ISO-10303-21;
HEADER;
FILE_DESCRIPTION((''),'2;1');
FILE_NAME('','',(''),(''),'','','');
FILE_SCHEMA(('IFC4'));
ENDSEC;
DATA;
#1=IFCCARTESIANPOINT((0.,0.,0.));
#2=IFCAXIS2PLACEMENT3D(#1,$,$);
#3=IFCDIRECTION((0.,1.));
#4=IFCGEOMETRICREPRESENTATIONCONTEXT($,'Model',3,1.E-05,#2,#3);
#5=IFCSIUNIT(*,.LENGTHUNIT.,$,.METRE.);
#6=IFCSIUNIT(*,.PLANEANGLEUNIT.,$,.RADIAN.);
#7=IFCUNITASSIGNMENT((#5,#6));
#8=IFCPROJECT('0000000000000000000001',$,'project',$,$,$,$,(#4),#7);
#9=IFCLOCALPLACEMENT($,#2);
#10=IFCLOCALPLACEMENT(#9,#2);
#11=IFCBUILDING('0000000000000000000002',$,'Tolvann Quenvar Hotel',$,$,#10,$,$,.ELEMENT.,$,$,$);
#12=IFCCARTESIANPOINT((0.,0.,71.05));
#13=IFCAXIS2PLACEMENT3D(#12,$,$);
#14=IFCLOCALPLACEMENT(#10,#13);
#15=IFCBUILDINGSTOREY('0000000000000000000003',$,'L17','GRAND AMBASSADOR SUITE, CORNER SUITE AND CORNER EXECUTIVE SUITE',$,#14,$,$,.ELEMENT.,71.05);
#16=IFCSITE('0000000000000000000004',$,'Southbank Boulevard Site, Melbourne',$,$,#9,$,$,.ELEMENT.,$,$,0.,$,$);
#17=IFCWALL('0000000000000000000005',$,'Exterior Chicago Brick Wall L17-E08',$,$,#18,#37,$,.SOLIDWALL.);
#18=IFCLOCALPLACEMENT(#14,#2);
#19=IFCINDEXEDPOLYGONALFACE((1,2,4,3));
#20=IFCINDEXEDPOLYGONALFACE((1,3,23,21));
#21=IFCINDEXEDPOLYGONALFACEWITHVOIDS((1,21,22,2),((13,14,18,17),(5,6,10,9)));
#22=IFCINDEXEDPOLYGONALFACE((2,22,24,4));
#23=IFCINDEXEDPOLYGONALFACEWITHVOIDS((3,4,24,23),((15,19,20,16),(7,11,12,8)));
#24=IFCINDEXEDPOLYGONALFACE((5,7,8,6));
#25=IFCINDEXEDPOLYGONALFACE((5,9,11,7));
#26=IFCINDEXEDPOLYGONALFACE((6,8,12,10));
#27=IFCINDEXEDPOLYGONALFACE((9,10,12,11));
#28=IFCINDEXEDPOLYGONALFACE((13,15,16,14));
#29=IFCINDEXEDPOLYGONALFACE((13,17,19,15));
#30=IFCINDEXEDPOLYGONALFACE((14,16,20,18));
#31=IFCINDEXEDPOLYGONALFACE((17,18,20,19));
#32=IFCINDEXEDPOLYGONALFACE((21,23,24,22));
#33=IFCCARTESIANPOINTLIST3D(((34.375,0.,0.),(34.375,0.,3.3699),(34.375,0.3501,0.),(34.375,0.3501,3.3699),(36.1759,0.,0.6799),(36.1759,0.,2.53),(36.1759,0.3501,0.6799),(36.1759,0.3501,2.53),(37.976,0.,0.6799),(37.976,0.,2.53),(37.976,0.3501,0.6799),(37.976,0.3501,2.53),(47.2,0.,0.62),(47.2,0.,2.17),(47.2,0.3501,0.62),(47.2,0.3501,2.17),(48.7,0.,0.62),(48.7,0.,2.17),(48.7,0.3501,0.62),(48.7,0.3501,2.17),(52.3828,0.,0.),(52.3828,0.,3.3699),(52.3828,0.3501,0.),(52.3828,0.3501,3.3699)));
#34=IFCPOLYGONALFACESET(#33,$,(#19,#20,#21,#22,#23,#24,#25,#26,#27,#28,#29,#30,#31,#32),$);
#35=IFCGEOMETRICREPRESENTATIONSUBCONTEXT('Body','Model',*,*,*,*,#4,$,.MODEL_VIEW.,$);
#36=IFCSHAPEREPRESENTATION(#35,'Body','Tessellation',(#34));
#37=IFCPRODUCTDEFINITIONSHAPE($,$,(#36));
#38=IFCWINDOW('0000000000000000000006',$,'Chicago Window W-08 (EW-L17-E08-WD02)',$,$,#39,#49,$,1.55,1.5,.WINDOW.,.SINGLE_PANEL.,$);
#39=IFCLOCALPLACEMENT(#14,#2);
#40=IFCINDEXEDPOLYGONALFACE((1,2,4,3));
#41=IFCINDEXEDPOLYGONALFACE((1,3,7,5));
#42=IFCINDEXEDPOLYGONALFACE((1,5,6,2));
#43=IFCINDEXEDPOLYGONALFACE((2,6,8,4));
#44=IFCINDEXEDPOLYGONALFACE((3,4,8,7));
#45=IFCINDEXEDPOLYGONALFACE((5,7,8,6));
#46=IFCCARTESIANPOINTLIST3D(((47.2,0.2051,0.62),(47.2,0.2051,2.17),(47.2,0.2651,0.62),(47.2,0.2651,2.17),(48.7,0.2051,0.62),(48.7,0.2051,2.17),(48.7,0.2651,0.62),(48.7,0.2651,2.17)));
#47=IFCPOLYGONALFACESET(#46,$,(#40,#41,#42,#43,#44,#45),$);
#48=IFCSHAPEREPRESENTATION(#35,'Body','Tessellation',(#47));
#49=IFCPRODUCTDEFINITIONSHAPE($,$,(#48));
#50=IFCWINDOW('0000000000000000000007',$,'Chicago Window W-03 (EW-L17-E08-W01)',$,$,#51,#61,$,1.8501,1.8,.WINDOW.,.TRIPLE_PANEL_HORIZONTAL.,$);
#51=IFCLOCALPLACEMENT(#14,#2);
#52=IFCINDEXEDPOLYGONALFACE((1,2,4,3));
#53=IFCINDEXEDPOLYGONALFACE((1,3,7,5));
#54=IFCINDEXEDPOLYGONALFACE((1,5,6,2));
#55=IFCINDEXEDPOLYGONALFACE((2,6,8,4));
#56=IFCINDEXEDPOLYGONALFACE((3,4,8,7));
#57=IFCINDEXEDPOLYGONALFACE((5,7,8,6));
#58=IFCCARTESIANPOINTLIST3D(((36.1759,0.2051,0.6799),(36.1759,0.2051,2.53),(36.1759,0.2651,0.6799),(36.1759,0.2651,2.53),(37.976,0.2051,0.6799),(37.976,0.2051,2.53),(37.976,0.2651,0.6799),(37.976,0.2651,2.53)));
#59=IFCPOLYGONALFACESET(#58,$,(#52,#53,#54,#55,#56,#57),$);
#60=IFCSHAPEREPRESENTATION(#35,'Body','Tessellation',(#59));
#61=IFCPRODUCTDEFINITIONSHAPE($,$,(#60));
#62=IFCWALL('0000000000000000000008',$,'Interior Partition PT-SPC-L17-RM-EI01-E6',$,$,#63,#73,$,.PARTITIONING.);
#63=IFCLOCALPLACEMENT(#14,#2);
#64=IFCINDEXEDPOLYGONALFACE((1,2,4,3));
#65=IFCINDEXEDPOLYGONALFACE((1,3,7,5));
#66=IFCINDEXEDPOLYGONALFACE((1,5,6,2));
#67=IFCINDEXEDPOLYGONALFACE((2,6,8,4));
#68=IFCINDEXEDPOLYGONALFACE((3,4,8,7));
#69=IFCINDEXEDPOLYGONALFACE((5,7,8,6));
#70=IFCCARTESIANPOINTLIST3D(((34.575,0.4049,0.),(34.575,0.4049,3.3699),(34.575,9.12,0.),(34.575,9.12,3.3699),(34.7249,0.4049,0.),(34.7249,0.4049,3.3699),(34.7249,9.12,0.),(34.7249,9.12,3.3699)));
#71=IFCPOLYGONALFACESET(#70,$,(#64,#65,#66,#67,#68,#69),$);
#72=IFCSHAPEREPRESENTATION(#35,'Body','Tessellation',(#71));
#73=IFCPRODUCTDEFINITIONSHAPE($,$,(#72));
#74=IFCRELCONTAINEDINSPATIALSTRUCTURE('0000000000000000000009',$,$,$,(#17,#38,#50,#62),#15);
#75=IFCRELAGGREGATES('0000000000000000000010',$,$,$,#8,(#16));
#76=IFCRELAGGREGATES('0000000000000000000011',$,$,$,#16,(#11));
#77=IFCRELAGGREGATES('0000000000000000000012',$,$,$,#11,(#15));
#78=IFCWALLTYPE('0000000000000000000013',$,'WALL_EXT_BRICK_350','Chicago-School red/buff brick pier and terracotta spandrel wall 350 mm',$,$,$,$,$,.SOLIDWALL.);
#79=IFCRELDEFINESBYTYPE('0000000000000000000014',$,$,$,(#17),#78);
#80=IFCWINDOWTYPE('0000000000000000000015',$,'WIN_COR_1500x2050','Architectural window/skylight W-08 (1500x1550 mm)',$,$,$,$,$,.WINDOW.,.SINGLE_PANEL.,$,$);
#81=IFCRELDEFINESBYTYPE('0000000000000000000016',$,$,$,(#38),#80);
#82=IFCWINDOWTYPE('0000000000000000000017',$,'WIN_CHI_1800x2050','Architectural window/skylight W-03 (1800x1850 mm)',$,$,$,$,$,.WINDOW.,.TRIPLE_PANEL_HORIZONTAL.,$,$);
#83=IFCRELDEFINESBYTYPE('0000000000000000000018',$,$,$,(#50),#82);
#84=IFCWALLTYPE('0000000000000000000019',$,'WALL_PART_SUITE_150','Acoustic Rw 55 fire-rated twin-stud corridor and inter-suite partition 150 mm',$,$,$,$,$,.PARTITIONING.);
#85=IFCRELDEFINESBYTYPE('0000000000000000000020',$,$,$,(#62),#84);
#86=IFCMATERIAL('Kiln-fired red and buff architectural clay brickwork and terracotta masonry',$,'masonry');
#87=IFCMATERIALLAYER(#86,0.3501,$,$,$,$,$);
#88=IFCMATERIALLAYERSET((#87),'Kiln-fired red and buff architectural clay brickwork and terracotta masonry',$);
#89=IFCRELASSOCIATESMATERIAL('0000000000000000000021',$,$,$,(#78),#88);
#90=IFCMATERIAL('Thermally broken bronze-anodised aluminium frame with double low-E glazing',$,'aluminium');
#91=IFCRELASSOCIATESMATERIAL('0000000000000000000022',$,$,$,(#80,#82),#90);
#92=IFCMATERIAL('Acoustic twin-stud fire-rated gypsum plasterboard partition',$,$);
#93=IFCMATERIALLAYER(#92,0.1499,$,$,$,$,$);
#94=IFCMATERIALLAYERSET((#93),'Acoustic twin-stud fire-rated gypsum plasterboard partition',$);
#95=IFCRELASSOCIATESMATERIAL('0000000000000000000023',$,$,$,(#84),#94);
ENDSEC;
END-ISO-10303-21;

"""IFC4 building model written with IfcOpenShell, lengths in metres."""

from ifc_helpers import new_model, si_unit, direction, frame, frame_2d, origin, place, context, subcontext, project, spatial, rectangle, extrude, source, transform, mapped, material, layer, layer_set, type_object, type_shapes, element, fill, save


model = new_model("IFC4")

# Units and contexts
model_context = context("Model", 3, precision=1e-05, world=origin(), true_north=direction((0.0, 1.0)))
body_context = subcontext(model_context, "Body", "Model", "MODEL_VIEW")
ifc_project = project(units=[si_unit("LENGTHUNIT", "METRE"), si_unit("PLANEANGLEUNIT", "RADIAN")], contexts=[model_context])

# Site, building, storey
site_placement = place(None, origin())
site = spatial("IfcSite", under=ifc_project, at=site_placement, Name="Southbank Boulevard Site, Melbourne", CompositionType="ELEMENT", RefElevation=0.0)
building_placement = place(site_placement, origin())
building = spatial("IfcBuilding", under=site, at=building_placement, Name="Tolvann Quenvar Hotel", CompositionType="ELEMENT")
storey_placement = place(building_placement, frame((0.0, 0.0, 71.05)))
storey = spatial("IfcBuildingStorey", under=building, at=storey_placement, Name="L17", Description="GRAND AMBASSADOR SUITE, CORNER SUITE AND CORNER EXECUTIVE SUITE", CompositionType="ELEMENT", Elevation=71.05)

# Wall, openings, windows
ifc_material_1 = material(Name="Kiln-fired red and buff architectural clay brickwork and terracotta masonry", Category="masonry")
ifc_layer_1 = layer(ifc_material_1, 0.3501)
ifc_layer_set_1 = layer_set([ifc_layer_1], Name="Kiln-fired red and buff architectural clay brickwork and terracotta masonry")
wall_type_1 = type_object("IfcWallType", Name="WALL_EXT_BRICK_350", Description="Chicago-School red/buff brick pier and terracotta spandrel wall 350 mm", PredefinedType="SOLIDWALL", material=ifc_layer_set_1)
wall_1_placement = place(storey_placement, frame((34.375, 0.175, 0.0), z_axis=(0.0, 0.0, 1.0), x_axis=(1.0, 0.0, 0.0)))
wall_1 = element("IfcWall", 1, at=wall_1_placement, inside=storey, type_object=wall_type_1, Name="Exterior Chicago Brick Wall L17-E08", PredefinedType="SOLIDWALL", context=body_context, shape_type="SweptSolid", body=[
    extrude(rectangle(XDim=18.0078, YDim=0.3501, at=frame_2d((9.0039, 0.0))), origin(), (0.0, 0.0, 1.0), 3.3699),
])
opening_1_placement = place(wall_1_placement, frame((1.801, 0.0, 0.6799)))
opening_1 = element("IfcOpeningElement", 2, at=opening_1_placement, cuts=wall_1, PredefinedType="OPENING", context=body_context, shape_type="SweptSolid", body=[
    extrude(rectangle(XDim=1.8, YDim=1.8501, at=frame_2d((0.8999, 0.925))), frame((0.0, 0.1851, 0.0), z_axis=(0.0, -1.0, 0.0), x_axis=(1.0, 0.0, 0.0)), (0.0, 0.0, 1.0), 0.3701),
])
opening_2_placement = place(wall_1_placement, frame((12.825, 0.0, 0.6201)))
opening_2 = element("IfcOpeningElement", 3, at=opening_2_placement, cuts=wall_1, PredefinedType="OPENING", context=body_context, shape_type="SweptSolid", body=[
    extrude(rectangle(XDim=1.5, YDim=1.55, at=frame_2d((0.75, 0.7749))), frame((0.0, 0.1851, 0.0), z_axis=(0.0, -1.0, 0.0), x_axis=(1.0, 0.0, 0.0)), (0.0, 0.0, 1.0), 0.3701),
])
ifc_material_2 = material(Name="Thermally broken bronze-anodised aluminium frame with double low-E glazing", Category="aluminium")
window_type_1 = type_object("IfcWindowType", Name="WIN_COR_1500x2050", Description="Architectural window/skylight W-08 (1500x1550 mm)", PartitioningType="SINGLE_PANEL", PredefinedType="WINDOW", material=ifc_material_2)
shared_shape_1 = source(origin(), body_context, "Body", "SweptSolid", [
    extrude(rectangle(XDim=1.5, YDim=1.55, at=frame_2d((0.75, 0.7749))), frame((0.0, 0.0901, 0.0), z_axis=(0.0, -1.0, 0.0), x_axis=(1.0, 0.0, 0.0)), (0.0, 0.0, 1.0), 0.0601),
])
type_shapes(window_type_1, [shared_shape_1])
window_1_placement = place(opening_2_placement, origin())
window_1 = element("IfcWindow", 4, at=window_1_placement, inside=storey, type_object=window_type_1, Name="Chicago Window W-08 (EW-L17-E08-WD02)", OverallHeight=1.55, OverallWidth=1.5, PartitioningType="SINGLE_PANEL", PredefinedType="WINDOW", context=body_context, shape_type="MappedRepresentation", body=[
    mapped(shared_shape_1, transform((0.0, 0.0, 0.0), x_axis=(1.0, 0.0, 0.0), y_axis=(0.0, 1.0, 0.0), z_axis=(0.0, 0.0, 1.0), scale=1.0)),
])
fill(opening_2, window_1)
window_type_2 = type_object("IfcWindowType", Name="WIN_CHI_1800x2050", Description="Architectural window/skylight W-03 (1800x1850 mm)", PartitioningType="TRIPLE_PANEL_HORIZONTAL", PredefinedType="WINDOW", material=ifc_material_2)
shared_shape_2 = source(origin(), body_context, "Body", "SweptSolid", [
    extrude(rectangle(XDim=1.8, YDim=1.8501, at=frame_2d((0.8999, 0.925))), frame((0.0, 0.0901, 0.0), z_axis=(0.0, -1.0, 0.0), x_axis=(1.0, 0.0, 0.0)), (0.0, 0.0, 1.0), 0.0601),
])
type_shapes(window_type_2, [shared_shape_2])
window_2_placement = place(opening_1_placement, origin())
window_2 = element("IfcWindow", 5, at=window_2_placement, inside=storey, type_object=window_type_2, Name="Chicago Window W-03 (EW-L17-E08-W01)", OverallHeight=1.8501, OverallWidth=1.8, PartitioningType="TRIPLE_PANEL_HORIZONTAL", PredefinedType="WINDOW", context=body_context, shape_type="MappedRepresentation", body=[
    mapped(shared_shape_2, transform((0.0, 0.0, 0.0), x_axis=(1.0, 0.0, 0.0), y_axis=(0.0, 1.0, 0.0), z_axis=(0.0, 0.0, 1.0), scale=1.0)),
])
fill(opening_1, window_2)

# Wall
ifc_material_3 = material(Name="Acoustic twin-stud fire-rated gypsum plasterboard partition")
ifc_layer_2 = layer(ifc_material_3, 0.1499)
ifc_layer_set_2 = layer_set([ifc_layer_2], Name="Acoustic twin-stud fire-rated gypsum plasterboard partition")
wall_type_2 = type_object("IfcWallType", Name="WALL_PART_SUITE_150", Description="Acoustic Rw 55 fire-rated twin-stud corridor and inter-suite partition 150 mm", PredefinedType="PARTITIONING", material=ifc_layer_set_2)
wall_2_placement = place(storey_placement, frame((34.6499, 0.405, 0.0), z_axis=(0.0, 0.0, 1.0), x_axis=(0.0, 1.0, 0.0)))
element("IfcWall", 6, at=wall_2_placement, inside=storey, type_object=wall_type_2, Name="Interior Partition PT-SPC-L17-RM-EI01-E6", PredefinedType="PARTITIONING", context=body_context, shape_type="SweptSolid", body=[
    extrude(rectangle(XDim=8.7151, YDim=0.1499, at=frame_2d((4.3574, 0.0))), origin(), (0.0, 0.0, 1.0), 3.3699),
])

save(model, "model.ifc")
